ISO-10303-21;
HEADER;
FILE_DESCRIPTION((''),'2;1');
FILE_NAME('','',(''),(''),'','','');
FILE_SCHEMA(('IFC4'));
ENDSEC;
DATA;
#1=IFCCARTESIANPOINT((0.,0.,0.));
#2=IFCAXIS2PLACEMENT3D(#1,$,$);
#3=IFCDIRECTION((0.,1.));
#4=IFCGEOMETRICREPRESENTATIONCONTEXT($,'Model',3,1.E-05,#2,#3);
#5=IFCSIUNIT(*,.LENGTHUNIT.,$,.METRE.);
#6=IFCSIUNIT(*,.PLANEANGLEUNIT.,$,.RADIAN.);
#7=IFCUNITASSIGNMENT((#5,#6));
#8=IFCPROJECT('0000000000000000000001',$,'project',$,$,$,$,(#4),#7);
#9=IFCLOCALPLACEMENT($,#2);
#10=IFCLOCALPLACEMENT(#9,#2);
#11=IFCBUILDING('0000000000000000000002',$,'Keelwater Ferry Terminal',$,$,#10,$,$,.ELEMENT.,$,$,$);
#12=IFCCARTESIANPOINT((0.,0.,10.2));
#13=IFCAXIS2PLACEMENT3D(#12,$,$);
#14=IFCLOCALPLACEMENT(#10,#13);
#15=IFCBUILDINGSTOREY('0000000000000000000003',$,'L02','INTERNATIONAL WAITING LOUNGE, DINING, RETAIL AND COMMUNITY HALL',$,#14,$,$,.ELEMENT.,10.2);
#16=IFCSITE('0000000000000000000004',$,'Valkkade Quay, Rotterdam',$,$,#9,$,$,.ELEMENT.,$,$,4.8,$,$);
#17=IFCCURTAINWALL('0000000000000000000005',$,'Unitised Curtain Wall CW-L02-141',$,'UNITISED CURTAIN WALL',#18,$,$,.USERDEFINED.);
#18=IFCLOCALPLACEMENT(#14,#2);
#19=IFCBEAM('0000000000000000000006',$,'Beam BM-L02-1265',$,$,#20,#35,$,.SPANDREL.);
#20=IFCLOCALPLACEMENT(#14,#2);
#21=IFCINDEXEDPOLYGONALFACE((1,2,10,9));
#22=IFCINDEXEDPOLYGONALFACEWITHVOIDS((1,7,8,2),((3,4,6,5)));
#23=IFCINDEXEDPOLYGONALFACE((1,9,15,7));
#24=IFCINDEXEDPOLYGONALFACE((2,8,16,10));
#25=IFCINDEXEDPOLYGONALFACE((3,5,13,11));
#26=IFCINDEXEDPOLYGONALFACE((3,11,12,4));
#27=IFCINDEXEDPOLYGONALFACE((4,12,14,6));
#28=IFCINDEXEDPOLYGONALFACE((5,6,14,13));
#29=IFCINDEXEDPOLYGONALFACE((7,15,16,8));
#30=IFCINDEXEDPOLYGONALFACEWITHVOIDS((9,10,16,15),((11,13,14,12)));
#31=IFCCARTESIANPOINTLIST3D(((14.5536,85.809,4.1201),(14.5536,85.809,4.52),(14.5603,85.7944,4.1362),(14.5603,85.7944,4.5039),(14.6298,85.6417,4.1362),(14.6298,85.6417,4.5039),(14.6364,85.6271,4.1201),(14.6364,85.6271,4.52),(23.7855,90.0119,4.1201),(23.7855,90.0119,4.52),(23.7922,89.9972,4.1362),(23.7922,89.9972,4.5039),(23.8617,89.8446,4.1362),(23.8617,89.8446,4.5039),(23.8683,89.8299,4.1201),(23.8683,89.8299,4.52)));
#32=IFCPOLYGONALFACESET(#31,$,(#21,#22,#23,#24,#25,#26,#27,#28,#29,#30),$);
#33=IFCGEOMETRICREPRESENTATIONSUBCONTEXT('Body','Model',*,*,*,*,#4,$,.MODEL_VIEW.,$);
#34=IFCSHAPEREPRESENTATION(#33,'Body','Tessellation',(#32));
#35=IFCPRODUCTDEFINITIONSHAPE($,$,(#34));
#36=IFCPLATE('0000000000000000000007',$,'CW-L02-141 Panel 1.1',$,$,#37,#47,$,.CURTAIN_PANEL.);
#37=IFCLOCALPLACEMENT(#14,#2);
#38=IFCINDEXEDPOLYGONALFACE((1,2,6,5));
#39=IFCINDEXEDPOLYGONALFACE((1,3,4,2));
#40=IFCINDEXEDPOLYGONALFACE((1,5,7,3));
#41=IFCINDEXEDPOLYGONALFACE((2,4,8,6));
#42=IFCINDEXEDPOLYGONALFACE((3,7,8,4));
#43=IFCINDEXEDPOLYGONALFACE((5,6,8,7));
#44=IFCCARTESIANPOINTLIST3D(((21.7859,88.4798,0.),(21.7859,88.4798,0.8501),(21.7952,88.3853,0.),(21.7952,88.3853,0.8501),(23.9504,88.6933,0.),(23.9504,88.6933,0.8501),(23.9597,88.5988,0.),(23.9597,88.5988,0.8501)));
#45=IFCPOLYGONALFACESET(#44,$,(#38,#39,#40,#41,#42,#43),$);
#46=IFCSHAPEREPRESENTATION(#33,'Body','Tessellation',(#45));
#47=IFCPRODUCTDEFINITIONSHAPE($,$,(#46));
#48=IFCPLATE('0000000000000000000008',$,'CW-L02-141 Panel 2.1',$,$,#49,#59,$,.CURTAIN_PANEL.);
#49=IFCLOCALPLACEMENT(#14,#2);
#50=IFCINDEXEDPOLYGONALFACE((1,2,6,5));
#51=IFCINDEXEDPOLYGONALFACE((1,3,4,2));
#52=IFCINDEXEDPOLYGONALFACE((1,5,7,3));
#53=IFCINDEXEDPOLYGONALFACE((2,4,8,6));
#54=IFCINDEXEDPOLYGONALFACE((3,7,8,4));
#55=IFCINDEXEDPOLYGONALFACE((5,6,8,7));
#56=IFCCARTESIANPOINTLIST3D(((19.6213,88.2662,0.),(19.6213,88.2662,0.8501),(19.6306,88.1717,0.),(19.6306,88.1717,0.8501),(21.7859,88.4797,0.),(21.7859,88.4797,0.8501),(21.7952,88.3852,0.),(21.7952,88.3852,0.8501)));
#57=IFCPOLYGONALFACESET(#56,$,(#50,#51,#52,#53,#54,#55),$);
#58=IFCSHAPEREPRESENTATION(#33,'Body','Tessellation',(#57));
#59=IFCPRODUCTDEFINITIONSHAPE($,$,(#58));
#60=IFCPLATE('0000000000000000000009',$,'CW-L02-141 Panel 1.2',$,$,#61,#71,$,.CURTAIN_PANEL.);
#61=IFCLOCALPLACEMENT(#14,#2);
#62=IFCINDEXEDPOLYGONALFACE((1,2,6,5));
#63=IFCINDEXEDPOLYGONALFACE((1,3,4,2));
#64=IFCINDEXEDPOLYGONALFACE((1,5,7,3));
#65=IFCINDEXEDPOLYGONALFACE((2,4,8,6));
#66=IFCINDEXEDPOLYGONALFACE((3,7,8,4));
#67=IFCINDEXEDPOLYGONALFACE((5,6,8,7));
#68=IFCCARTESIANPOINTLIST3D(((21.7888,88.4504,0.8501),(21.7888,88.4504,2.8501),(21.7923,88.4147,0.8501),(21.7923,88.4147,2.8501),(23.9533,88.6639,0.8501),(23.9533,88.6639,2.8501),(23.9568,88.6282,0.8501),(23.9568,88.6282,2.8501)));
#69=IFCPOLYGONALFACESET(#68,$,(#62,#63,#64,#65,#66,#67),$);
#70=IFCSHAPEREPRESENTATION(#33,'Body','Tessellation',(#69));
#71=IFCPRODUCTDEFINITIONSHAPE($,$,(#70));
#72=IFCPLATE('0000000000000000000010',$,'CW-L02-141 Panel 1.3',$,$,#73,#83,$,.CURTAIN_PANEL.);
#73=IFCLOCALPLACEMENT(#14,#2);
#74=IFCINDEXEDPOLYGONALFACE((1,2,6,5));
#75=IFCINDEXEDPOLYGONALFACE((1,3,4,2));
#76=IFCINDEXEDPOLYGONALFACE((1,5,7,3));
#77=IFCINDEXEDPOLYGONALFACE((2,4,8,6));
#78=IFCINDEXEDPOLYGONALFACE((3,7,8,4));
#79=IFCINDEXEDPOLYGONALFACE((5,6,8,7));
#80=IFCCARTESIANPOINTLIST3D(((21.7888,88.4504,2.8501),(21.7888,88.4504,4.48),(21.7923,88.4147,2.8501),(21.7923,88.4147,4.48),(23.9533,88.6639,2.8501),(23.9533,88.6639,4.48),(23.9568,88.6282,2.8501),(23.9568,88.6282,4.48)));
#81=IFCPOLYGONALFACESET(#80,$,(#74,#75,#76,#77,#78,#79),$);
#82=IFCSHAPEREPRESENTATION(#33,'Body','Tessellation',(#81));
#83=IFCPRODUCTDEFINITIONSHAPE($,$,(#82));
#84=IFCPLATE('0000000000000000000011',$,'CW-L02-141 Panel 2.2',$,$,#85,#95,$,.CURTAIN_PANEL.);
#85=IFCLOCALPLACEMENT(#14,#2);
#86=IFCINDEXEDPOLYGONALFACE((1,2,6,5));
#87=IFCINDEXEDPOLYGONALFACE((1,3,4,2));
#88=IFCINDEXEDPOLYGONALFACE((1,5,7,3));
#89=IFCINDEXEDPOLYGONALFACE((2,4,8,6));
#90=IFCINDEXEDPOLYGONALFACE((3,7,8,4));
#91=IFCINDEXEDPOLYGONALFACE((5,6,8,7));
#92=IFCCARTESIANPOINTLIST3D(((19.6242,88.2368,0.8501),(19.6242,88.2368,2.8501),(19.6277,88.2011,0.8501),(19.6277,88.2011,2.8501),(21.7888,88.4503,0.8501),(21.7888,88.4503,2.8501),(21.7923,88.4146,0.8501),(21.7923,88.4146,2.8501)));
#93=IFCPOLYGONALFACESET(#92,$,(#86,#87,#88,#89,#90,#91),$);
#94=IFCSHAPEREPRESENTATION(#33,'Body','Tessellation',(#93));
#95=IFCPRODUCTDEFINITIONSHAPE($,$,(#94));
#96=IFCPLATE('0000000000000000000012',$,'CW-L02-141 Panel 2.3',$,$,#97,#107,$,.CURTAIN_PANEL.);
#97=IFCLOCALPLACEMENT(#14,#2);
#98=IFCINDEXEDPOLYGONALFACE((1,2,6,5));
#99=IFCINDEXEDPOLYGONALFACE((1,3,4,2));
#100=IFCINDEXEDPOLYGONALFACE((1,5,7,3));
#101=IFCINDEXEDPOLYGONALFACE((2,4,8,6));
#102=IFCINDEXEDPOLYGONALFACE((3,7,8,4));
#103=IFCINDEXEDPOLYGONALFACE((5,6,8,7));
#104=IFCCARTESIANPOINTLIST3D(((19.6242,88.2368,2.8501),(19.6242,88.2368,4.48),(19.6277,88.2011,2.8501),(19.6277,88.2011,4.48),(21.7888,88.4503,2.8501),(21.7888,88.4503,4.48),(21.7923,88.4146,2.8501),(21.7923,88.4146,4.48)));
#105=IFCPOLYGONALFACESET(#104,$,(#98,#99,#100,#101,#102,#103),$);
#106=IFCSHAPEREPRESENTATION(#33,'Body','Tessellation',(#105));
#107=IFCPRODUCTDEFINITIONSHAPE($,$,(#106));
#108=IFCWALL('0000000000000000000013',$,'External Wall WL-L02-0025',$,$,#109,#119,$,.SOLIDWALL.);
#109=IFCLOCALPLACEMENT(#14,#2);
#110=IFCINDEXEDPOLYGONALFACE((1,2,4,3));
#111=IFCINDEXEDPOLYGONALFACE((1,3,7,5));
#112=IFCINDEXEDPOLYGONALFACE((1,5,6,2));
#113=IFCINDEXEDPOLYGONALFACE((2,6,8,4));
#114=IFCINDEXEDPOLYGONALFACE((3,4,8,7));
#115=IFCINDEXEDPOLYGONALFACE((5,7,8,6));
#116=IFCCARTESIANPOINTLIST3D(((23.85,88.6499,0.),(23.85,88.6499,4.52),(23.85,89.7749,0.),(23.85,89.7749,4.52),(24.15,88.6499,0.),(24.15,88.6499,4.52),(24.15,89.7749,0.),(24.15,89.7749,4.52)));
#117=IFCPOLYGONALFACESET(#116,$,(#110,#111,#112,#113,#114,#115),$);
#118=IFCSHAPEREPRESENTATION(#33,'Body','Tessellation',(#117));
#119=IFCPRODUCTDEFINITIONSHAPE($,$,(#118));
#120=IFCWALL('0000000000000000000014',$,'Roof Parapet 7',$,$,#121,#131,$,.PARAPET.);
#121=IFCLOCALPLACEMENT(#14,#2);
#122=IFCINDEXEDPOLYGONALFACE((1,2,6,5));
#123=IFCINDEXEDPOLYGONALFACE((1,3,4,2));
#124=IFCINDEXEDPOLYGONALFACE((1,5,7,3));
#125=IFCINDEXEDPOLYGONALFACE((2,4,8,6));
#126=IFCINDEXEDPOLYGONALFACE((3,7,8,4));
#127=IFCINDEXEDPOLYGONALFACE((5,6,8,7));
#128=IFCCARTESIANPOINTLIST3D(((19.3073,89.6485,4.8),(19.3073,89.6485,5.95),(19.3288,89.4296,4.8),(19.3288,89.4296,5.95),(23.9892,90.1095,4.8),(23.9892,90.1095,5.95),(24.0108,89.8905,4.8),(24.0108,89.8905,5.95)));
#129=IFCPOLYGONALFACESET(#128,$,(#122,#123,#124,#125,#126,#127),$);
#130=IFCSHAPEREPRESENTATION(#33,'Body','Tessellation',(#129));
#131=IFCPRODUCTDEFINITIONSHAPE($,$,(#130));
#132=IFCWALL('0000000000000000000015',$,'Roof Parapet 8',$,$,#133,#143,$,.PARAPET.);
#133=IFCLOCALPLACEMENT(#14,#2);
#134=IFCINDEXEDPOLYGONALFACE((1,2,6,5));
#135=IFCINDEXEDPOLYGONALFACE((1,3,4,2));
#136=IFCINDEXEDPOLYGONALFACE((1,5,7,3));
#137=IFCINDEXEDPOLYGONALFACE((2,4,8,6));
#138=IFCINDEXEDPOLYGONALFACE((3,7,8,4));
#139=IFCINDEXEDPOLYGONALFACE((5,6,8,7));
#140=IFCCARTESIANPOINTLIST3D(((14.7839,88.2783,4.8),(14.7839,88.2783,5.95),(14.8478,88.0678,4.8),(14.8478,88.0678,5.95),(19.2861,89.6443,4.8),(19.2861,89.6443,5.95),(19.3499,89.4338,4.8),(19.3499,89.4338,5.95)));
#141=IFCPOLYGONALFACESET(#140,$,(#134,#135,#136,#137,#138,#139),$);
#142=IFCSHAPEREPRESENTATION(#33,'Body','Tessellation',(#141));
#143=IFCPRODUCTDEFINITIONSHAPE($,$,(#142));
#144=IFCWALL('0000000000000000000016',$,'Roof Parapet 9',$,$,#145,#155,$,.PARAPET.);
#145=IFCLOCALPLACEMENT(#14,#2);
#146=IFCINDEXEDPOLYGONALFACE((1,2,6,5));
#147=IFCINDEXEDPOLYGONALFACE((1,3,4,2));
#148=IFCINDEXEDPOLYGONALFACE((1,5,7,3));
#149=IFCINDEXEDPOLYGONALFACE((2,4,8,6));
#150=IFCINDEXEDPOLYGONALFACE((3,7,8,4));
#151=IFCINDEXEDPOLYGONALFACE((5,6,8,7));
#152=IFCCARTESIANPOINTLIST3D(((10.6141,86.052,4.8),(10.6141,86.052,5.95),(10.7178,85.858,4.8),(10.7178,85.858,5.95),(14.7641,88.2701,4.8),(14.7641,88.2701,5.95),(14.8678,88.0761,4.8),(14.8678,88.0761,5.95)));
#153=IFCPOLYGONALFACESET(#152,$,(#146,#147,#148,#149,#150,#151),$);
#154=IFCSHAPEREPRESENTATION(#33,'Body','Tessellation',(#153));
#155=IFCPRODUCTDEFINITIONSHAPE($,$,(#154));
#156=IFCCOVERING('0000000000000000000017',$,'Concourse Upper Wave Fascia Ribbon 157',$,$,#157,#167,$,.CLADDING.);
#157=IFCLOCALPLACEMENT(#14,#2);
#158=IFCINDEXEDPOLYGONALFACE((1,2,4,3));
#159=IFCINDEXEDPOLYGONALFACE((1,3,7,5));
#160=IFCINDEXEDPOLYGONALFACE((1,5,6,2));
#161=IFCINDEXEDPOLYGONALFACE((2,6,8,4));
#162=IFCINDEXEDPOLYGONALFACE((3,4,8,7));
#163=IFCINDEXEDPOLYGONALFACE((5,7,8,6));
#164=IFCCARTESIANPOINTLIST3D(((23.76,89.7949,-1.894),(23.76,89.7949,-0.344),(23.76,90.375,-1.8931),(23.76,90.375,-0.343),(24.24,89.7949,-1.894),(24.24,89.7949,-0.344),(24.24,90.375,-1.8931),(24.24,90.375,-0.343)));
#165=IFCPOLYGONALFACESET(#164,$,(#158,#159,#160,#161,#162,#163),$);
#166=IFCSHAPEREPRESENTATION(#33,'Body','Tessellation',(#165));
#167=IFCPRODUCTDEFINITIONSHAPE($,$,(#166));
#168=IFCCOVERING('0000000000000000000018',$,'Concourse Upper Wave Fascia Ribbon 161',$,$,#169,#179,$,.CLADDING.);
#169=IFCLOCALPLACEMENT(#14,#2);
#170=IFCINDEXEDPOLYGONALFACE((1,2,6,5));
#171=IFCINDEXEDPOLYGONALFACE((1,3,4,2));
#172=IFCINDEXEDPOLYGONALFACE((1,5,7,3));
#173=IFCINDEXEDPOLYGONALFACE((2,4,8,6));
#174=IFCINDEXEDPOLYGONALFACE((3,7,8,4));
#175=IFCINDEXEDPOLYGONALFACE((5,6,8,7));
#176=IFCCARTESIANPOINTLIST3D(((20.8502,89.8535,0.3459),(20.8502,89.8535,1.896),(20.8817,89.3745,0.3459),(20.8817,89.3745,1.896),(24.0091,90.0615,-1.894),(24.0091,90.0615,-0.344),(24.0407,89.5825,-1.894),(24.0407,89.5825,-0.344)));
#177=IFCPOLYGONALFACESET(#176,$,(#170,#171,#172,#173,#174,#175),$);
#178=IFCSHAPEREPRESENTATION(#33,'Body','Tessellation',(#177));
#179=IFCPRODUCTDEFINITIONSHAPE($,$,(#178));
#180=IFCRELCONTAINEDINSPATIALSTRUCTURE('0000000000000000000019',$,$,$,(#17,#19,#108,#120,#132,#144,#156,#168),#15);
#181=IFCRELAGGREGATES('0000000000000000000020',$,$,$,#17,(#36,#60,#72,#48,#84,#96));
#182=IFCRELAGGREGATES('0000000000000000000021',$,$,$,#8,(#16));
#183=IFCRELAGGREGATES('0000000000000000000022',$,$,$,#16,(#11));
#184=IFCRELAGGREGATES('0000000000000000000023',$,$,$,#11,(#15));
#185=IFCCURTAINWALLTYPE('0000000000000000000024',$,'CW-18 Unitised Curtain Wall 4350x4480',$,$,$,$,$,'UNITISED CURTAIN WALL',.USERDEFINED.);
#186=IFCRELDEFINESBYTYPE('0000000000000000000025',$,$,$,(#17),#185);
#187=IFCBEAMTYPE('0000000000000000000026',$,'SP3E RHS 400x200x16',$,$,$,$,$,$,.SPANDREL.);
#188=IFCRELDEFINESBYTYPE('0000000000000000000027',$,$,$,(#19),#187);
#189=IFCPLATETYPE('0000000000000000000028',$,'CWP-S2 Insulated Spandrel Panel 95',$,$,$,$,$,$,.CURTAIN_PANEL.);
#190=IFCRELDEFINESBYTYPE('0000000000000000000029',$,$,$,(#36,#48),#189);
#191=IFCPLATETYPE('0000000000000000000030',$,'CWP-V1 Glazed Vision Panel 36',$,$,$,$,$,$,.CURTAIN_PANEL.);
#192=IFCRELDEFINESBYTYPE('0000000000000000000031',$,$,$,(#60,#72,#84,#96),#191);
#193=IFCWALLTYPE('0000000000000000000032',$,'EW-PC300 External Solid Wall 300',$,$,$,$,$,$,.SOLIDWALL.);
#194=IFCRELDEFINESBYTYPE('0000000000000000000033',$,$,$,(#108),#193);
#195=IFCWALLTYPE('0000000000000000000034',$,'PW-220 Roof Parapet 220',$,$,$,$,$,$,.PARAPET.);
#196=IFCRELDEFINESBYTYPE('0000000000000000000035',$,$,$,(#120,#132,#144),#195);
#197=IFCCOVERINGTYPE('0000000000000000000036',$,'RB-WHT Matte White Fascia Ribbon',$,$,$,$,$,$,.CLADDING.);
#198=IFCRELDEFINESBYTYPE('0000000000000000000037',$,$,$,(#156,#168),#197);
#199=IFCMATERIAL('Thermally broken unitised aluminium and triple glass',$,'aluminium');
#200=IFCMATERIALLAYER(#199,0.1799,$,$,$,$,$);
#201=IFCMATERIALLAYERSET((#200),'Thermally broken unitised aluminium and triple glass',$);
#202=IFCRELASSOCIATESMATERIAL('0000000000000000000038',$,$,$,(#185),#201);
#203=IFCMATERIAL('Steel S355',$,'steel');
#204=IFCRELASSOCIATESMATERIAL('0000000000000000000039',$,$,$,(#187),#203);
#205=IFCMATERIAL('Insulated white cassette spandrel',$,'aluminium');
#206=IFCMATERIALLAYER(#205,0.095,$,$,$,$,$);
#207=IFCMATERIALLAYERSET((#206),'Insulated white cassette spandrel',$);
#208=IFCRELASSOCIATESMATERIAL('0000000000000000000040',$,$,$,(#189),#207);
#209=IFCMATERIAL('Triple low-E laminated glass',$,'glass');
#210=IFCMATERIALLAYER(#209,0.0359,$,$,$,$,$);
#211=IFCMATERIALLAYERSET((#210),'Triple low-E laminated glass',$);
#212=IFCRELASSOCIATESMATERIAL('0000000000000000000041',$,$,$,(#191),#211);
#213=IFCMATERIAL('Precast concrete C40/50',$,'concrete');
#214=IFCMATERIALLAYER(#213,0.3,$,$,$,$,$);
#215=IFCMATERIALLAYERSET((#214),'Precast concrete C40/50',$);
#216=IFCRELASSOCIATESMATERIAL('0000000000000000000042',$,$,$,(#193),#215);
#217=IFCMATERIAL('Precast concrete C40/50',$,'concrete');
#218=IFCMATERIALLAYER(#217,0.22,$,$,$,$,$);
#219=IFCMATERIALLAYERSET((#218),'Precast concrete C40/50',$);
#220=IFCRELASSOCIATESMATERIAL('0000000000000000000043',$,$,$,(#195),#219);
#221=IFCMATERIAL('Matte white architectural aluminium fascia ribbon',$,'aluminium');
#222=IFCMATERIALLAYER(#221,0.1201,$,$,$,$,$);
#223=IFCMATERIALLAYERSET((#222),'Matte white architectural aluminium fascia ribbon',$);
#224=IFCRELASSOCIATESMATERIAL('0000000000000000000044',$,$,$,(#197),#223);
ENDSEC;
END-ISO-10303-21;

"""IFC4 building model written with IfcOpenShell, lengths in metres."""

from ifc_helpers import new_model, si_unit, direction, frame, frame_2d, origin, origin_2d, place, context, subcontext, project, spatial, polyline, rectangle, hollow_rectangle, outline, extrude, material, layer, layer_set, material_profile, profile_set, type_object, element, aggregate, save


model = new_model("IFC4")

# Units and contexts
model_context = context("Model", 3, precision=1e-05, world=origin(), true_north=direction((0.0, 1.0)))
body_context = subcontext(model_context, "Body", "Model", "MODEL_VIEW")
ifc_project = project(units=[si_unit("LENGTHUNIT", "METRE"), si_unit("PLANEANGLEUNIT", "RADIAN")], contexts=[model_context])

# Site, building, storey
site_placement = place(None, origin())
site = spatial("IfcSite", under=ifc_project, at=site_placement, Name="Valkkade Quay, Rotterdam", CompositionType="ELEMENT", RefElevation=4.8)
building_placement = place(site_placement, origin())
building = spatial("IfcBuilding", under=site, at=building_placement, Name="Keelwater Ferry Terminal", CompositionType="ELEMENT")
storey_placement = place(building_placement, frame((0.0, 0.0, 10.2)))
storey = spatial("IfcBuildingStorey", under=building, at=storey_placement, Name="L02", Description="INTERNATIONAL WAITING LOUNGE, DINING, RETAIL AND COMMUNITY HALL", CompositionType="ELEMENT", Elevation=10.2)

# Curtain wall
ifc_material_1 = material(Name="Thermally broken unitised aluminium and triple glass", Category="aluminium")
ifc_layer_1 = layer(ifc_material_1, 0.1799)
ifc_layer_set_1 = layer_set([ifc_layer_1], Name="Thermally broken unitised aluminium and triple glass")
curtain_wall_type = type_object("IfcCurtainWallType", Name="CW-18 Unitised Curtain Wall 4350x4480", ElementType="UNITISED CURTAIN WALL", PredefinedType="USERDEFINED", material=ifc_layer_set_1)
curtain_wall_1_placement = place(storey_placement, origin())
curtain_wall_1 = element("IfcCurtainWall", 1, at=curtain_wall_1_placement, inside=storey, type_object=curtain_wall_type, Name="Unitised Curtain Wall CW-L02-141", ObjectType="UNITISED CURTAIN WALL", PredefinedType="USERDEFINED")

# Beam
ifc_material_2 = material(Name="Steel S355", Category="steel")
ifc_material_profile_1 = material_profile(ifc_material_2, hollow_rectangle(XDim=0.2, YDim=0.3999, WallThickness=0.0161, at=origin_2d()), Name="RHS 400x200x16")
ifc_profile_set_1 = profile_set([ifc_material_profile_1], Name="Steel S355")
beam_type = type_object("IfcBeamType", Name="SP3E RHS 400x200x16", PredefinedType="SPANDREL", material=ifc_profile_set_1)
beam_placement = place(storey_placement, frame((23.8269, 89.9209, 4.3201), z_axis=(-0.910123, -0.414338, 0.0), x_axis=(0.414338, -0.910123, 0.0)))
element("IfcBeam", 2, at=beam_placement, inside=storey, type_object=beam_type, Name="Beam BM-L02-1265", PredefinedType="SPANDREL", context=body_context, shape_type="SweptSolid", body=[
    extrude(hollow_rectangle(XDim=0.2, YDim=0.3999, WallThickness=0.0161, at=origin_2d()), origin(), (0.0, 0.0, 1.0), 10.1436),
])

# Plates
ifc_material_3 = material(Name="Insulated white cassette spandrel", Category="aluminium")
ifc_layer_2 = layer(ifc_material_3, 0.095)
ifc_layer_set_2 = layer_set([ifc_layer_2], Name="Insulated white cassette spandrel")
plate_type_1 = type_object("IfcPlateType", Name="CWP-S2 Insulated Spandrel Panel 95", PredefinedType="CURTAIN_PANEL", material=ifc_layer_set_2)
plate_1_placement = place(storey_placement, frame((22.8728, 88.5393, 0.0), z_axis=(0.0, 0.0, 1.0), x_axis=(-0.995171, -0.098161, 0.0)))
plate_1 = element("IfcPlate", 3, at=plate_1_placement, type_object=plate_type_1, Name="CW-L02-141 Panel 1.1", PredefinedType="CURTAIN_PANEL", context=body_context, shape_type="SweptSolid", body=[
    extrude(rectangle(XDim=2.175, YDim=0.095, at=origin_2d()), origin(), (0.0, 0.0, 1.0), 0.8501),
])
plate_2_placement = place(storey_placement, frame((20.7083, 88.3257, 0.0), z_axis=(0.0, 0.0, 1.0), x_axis=(-0.995171, -0.098161, 0.0)))
plate_2 = element("IfcPlate", 4, at=plate_2_placement, type_object=plate_type_1, Name="CW-L02-141 Panel 2.1", PredefinedType="CURTAIN_PANEL", context=body_context, shape_type="SweptSolid", body=[
    extrude(rectangle(XDim=2.175, YDim=0.095, at=origin_2d()), origin(), (0.0, 0.0, 1.0), 0.8501),
])
ifc_material_4 = material(Name="Triple low-E laminated glass", Category="glass")
ifc_layer_3 = layer(ifc_material_4, 0.0359)
ifc_layer_set_3 = layer_set([ifc_layer_3], Name="Triple low-E laminated glass")
plate_type_2 = type_object("IfcPlateType", Name="CWP-V1 Glazed Vision Panel 36", PredefinedType="CURTAIN_PANEL", material=ifc_layer_set_3)
plate_3_placement = place(storey_placement, frame((22.8728, 88.5393, 0.8501), z_axis=(0.0, 0.0, 1.0), x_axis=(-0.995171, -0.098161, 0.0)))
plate_3 = element("IfcPlate", 5, at=plate_3_placement, type_object=plate_type_2, Name="CW-L02-141 Panel 1.2", PredefinedType="CURTAIN_PANEL", context=body_context, shape_type="SweptSolid", body=[
    extrude(rectangle(XDim=2.175, YDim=0.0359, at=origin_2d()), origin(), (0.0, 0.0, 1.0), 2.0),
])
plate_4_placement = place(storey_placement, frame((22.8728, 88.5393, 2.8501), z_axis=(0.0, 0.0, 1.0), x_axis=(-0.995171, -0.098161, 0.0)))
plate_4 = element("IfcPlate", 6, at=plate_4_placement, type_object=plate_type_2, Name="CW-L02-141 Panel 1.3", PredefinedType="CURTAIN_PANEL", context=body_context, shape_type="SweptSolid", body=[
    extrude(rectangle(XDim=2.175, YDim=0.0359, at=origin_2d()), origin(), (0.0, 0.0, 1.0), 1.6299),
])
plate_5_placement = place(storey_placement, frame((20.7083, 88.3257, 0.8501), z_axis=(0.0, 0.0, 1.0), x_axis=(-0.995171, -0.098161, 0.0)))
plate_5 = element("IfcPlate", 7, at=plate_5_placement, type_object=plate_type_2, Name="CW-L02-141 Panel 2.2", PredefinedType="CURTAIN_PANEL", context=body_context, shape_type="SweptSolid", body=[
    extrude(rectangle(XDim=2.175, YDim=0.0359, at=origin_2d()), origin(), (0.0, 0.0, 1.0), 2.0),
])
plate_6_placement = place(storey_placement, frame((20.7083, 88.3257, 2.8501), z_axis=(0.0, 0.0, 1.0), x_axis=(-0.995171, -0.098161, 0.0)))
plate_6 = element("IfcPlate", 8, at=plate_6_placement, type_object=plate_type_2, Name="CW-L02-141 Panel 2.3", PredefinedType="CURTAIN_PANEL", context=body_context, shape_type="SweptSolid", body=[
    extrude(rectangle(XDim=2.175, YDim=0.0359, at=origin_2d()), origin(), (0.0, 0.0, 1.0), 1.6299),
])
aggregate(curtain_wall_1, [plate_1, plate_3, plate_4, plate_2, plate_5, plate_6])

# Walls
ifc_material_5 = material(Name="Precast concrete C40/50", Category="concrete")
ifc_layer_4 = layer(ifc_material_5, 0.3)
ifc_layer_set_4 = layer_set([ifc_layer_4], Name="Precast concrete C40/50")
wall_type_1 = type_object("IfcWallType", Name="EW-PC300 External Solid Wall 300", PredefinedType="SOLIDWALL", material=ifc_layer_set_4)
wall_1_placement = place(storey_placement, frame((24.0, 89.7749, 0.0), z_axis=(0.0, 0.0, 1.0), x_axis=(0.0, -1.0, 0.0)))
element("IfcWall", 9, at=wall_1_placement, inside=storey, type_object=wall_type_1, Name="External Wall WL-L02-0025", PredefinedType="SOLIDWALL", context=body_context, shape_type="SweptSolid", body=[
    extrude(rectangle(XDim=1.125, YDim=0.3, at=frame_2d((0.5625, 0.0))), origin(), (0.0, 0.0, 1.0), 4.52),
])
ifc_material_6 = material(Name="Precast concrete C40/50", Category="concrete")
ifc_layer_5 = layer(ifc_material_6, 0.22)
ifc_layer_set_5 = layer_set([ifc_layer_5], Name="Precast concrete C40/50")
wall_type_2 = type_object("IfcWallType", Name="PW-220 Roof Parapet 220", PredefinedType="PARAPET", material=ifc_layer_set_5)
wall_2_placement = place(storey_placement, frame((24.0, 90.0, 4.8), z_axis=(0.0, 0.0, 1.0), x_axis=(-0.995189, -0.097978, 0.0)))
element("IfcWall", 10, at=wall_2_placement, inside=storey, type_object=wall_type_2, Name="Roof Parapet 7", PredefinedType="PARAPET", context=body_context, shape_type="SweptSolid", body=[
    extrude(rectangle(XDim=4.7046, YDim=0.22, at=frame_2d((2.3523, 0.0))), origin(), (0.0, 0.0, 1.0), 1.1499),
])
wall_3_placement = place(storey_placement, frame((19.3181, 89.5391, 4.8), z_axis=(0.0, 0.0, 1.0), x_axis=(-0.956926, -0.290331, 0.0)))
element("IfcWall", 11, at=wall_3_placement, inside=storey, type_object=wall_type_2, Name="Roof Parapet 8", PredefinedType="PARAPET", context=body_context, shape_type="SweptSolid", body=[
    extrude(rectangle(XDim=4.7048, YDim=0.22, at=frame_2d((2.3525, 0.0))), origin(), (0.0, 0.0, 1.0), 1.1499),
])
wall_4_placement = place(storey_placement, frame((14.8159, 88.1731, 4.8), z_axis=(0.0, 0.0, 1.0), x_axis=(-0.881935, -0.471372, 0.0)))
element("IfcWall", 12, at=wall_4_placement, inside=storey, type_object=wall_type_2, Name="Roof Parapet 9", PredefinedType="PARAPET", context=body_context, shape_type="SweptSolid", body=[
    extrude(rectangle(XDim=4.7056, YDim=0.22, at=frame_2d((2.3528, 0.0))), origin(), (0.0, 0.0, 1.0), 1.1499),
])

# Coverings
ifc_material_7 = material(Name="Matte white architectural aluminium fascia ribbon", Category="aluminium")
ifc_layer_6 = layer(ifc_material_7, 0.1201)
ifc_layer_set_6 = layer_set([ifc_layer_6], Name="Matte white architectural aluminium fascia ribbon")
covering_type = type_object("IfcCoveringType", Name="RB-WHT Matte White Fascia Ribbon", PredefinedType="CLADDING", material=ifc_layer_set_6)
covering_1_placement = place(storey_placement, frame((24.0, 90.375, -1.894), z_axis=(0.0, 0.0, 1.0), x_axis=(0.0, -1.0, 0.0)))
element("IfcCovering", 13, at=covering_1_placement, inside=storey, type_object=covering_type, Name="Concourse Upper Wave Fascia Ribbon 157", PredefinedType="CLADDING", context=body_context, shape_type="SweptSolid", body=[
    extrude(outline(polyline([(0.0, 0.001), (0.5801, 0.0), (0.5801, 1.55), (0.0, 1.551), (0.0, 0.001)])), frame((0.0, 0.24, 0.0), z_axis=(0.0, -1.0, 0.0), x_axis=(1.0, 0.0, 0.0)), (0.0, 0.0, 1.0), 0.48),
])
covering_2_placement = place(storey_placement, frame((24.0249, 89.822, -1.894), z_axis=(0.0, 0.0, 1.0), x_axis=(-0.997839, -0.065705, 0.0)))
element("IfcCovering", 14, at=covering_2_placement, inside=storey, type_object=covering_type, Name="Concourse Upper Wave Fascia Ribbon 161", PredefinedType="CLADDING", context=body_context, shape_type="SweptSolid", body=[
    extrude(outline(polyline([(0.0, 0.0), (3.1658, 2.24), (3.1658, 3.79), (0.0, 1.55), (0.0, 0.0)])), frame((0.0, 0.24, 0.0), z_axis=(0.0, -1.0, 0.0), x_axis=(1.0, 0.0, 0.0)), (0.0, 0.0, 1.0), 0.48),
])

save(model, "model.ifc")
